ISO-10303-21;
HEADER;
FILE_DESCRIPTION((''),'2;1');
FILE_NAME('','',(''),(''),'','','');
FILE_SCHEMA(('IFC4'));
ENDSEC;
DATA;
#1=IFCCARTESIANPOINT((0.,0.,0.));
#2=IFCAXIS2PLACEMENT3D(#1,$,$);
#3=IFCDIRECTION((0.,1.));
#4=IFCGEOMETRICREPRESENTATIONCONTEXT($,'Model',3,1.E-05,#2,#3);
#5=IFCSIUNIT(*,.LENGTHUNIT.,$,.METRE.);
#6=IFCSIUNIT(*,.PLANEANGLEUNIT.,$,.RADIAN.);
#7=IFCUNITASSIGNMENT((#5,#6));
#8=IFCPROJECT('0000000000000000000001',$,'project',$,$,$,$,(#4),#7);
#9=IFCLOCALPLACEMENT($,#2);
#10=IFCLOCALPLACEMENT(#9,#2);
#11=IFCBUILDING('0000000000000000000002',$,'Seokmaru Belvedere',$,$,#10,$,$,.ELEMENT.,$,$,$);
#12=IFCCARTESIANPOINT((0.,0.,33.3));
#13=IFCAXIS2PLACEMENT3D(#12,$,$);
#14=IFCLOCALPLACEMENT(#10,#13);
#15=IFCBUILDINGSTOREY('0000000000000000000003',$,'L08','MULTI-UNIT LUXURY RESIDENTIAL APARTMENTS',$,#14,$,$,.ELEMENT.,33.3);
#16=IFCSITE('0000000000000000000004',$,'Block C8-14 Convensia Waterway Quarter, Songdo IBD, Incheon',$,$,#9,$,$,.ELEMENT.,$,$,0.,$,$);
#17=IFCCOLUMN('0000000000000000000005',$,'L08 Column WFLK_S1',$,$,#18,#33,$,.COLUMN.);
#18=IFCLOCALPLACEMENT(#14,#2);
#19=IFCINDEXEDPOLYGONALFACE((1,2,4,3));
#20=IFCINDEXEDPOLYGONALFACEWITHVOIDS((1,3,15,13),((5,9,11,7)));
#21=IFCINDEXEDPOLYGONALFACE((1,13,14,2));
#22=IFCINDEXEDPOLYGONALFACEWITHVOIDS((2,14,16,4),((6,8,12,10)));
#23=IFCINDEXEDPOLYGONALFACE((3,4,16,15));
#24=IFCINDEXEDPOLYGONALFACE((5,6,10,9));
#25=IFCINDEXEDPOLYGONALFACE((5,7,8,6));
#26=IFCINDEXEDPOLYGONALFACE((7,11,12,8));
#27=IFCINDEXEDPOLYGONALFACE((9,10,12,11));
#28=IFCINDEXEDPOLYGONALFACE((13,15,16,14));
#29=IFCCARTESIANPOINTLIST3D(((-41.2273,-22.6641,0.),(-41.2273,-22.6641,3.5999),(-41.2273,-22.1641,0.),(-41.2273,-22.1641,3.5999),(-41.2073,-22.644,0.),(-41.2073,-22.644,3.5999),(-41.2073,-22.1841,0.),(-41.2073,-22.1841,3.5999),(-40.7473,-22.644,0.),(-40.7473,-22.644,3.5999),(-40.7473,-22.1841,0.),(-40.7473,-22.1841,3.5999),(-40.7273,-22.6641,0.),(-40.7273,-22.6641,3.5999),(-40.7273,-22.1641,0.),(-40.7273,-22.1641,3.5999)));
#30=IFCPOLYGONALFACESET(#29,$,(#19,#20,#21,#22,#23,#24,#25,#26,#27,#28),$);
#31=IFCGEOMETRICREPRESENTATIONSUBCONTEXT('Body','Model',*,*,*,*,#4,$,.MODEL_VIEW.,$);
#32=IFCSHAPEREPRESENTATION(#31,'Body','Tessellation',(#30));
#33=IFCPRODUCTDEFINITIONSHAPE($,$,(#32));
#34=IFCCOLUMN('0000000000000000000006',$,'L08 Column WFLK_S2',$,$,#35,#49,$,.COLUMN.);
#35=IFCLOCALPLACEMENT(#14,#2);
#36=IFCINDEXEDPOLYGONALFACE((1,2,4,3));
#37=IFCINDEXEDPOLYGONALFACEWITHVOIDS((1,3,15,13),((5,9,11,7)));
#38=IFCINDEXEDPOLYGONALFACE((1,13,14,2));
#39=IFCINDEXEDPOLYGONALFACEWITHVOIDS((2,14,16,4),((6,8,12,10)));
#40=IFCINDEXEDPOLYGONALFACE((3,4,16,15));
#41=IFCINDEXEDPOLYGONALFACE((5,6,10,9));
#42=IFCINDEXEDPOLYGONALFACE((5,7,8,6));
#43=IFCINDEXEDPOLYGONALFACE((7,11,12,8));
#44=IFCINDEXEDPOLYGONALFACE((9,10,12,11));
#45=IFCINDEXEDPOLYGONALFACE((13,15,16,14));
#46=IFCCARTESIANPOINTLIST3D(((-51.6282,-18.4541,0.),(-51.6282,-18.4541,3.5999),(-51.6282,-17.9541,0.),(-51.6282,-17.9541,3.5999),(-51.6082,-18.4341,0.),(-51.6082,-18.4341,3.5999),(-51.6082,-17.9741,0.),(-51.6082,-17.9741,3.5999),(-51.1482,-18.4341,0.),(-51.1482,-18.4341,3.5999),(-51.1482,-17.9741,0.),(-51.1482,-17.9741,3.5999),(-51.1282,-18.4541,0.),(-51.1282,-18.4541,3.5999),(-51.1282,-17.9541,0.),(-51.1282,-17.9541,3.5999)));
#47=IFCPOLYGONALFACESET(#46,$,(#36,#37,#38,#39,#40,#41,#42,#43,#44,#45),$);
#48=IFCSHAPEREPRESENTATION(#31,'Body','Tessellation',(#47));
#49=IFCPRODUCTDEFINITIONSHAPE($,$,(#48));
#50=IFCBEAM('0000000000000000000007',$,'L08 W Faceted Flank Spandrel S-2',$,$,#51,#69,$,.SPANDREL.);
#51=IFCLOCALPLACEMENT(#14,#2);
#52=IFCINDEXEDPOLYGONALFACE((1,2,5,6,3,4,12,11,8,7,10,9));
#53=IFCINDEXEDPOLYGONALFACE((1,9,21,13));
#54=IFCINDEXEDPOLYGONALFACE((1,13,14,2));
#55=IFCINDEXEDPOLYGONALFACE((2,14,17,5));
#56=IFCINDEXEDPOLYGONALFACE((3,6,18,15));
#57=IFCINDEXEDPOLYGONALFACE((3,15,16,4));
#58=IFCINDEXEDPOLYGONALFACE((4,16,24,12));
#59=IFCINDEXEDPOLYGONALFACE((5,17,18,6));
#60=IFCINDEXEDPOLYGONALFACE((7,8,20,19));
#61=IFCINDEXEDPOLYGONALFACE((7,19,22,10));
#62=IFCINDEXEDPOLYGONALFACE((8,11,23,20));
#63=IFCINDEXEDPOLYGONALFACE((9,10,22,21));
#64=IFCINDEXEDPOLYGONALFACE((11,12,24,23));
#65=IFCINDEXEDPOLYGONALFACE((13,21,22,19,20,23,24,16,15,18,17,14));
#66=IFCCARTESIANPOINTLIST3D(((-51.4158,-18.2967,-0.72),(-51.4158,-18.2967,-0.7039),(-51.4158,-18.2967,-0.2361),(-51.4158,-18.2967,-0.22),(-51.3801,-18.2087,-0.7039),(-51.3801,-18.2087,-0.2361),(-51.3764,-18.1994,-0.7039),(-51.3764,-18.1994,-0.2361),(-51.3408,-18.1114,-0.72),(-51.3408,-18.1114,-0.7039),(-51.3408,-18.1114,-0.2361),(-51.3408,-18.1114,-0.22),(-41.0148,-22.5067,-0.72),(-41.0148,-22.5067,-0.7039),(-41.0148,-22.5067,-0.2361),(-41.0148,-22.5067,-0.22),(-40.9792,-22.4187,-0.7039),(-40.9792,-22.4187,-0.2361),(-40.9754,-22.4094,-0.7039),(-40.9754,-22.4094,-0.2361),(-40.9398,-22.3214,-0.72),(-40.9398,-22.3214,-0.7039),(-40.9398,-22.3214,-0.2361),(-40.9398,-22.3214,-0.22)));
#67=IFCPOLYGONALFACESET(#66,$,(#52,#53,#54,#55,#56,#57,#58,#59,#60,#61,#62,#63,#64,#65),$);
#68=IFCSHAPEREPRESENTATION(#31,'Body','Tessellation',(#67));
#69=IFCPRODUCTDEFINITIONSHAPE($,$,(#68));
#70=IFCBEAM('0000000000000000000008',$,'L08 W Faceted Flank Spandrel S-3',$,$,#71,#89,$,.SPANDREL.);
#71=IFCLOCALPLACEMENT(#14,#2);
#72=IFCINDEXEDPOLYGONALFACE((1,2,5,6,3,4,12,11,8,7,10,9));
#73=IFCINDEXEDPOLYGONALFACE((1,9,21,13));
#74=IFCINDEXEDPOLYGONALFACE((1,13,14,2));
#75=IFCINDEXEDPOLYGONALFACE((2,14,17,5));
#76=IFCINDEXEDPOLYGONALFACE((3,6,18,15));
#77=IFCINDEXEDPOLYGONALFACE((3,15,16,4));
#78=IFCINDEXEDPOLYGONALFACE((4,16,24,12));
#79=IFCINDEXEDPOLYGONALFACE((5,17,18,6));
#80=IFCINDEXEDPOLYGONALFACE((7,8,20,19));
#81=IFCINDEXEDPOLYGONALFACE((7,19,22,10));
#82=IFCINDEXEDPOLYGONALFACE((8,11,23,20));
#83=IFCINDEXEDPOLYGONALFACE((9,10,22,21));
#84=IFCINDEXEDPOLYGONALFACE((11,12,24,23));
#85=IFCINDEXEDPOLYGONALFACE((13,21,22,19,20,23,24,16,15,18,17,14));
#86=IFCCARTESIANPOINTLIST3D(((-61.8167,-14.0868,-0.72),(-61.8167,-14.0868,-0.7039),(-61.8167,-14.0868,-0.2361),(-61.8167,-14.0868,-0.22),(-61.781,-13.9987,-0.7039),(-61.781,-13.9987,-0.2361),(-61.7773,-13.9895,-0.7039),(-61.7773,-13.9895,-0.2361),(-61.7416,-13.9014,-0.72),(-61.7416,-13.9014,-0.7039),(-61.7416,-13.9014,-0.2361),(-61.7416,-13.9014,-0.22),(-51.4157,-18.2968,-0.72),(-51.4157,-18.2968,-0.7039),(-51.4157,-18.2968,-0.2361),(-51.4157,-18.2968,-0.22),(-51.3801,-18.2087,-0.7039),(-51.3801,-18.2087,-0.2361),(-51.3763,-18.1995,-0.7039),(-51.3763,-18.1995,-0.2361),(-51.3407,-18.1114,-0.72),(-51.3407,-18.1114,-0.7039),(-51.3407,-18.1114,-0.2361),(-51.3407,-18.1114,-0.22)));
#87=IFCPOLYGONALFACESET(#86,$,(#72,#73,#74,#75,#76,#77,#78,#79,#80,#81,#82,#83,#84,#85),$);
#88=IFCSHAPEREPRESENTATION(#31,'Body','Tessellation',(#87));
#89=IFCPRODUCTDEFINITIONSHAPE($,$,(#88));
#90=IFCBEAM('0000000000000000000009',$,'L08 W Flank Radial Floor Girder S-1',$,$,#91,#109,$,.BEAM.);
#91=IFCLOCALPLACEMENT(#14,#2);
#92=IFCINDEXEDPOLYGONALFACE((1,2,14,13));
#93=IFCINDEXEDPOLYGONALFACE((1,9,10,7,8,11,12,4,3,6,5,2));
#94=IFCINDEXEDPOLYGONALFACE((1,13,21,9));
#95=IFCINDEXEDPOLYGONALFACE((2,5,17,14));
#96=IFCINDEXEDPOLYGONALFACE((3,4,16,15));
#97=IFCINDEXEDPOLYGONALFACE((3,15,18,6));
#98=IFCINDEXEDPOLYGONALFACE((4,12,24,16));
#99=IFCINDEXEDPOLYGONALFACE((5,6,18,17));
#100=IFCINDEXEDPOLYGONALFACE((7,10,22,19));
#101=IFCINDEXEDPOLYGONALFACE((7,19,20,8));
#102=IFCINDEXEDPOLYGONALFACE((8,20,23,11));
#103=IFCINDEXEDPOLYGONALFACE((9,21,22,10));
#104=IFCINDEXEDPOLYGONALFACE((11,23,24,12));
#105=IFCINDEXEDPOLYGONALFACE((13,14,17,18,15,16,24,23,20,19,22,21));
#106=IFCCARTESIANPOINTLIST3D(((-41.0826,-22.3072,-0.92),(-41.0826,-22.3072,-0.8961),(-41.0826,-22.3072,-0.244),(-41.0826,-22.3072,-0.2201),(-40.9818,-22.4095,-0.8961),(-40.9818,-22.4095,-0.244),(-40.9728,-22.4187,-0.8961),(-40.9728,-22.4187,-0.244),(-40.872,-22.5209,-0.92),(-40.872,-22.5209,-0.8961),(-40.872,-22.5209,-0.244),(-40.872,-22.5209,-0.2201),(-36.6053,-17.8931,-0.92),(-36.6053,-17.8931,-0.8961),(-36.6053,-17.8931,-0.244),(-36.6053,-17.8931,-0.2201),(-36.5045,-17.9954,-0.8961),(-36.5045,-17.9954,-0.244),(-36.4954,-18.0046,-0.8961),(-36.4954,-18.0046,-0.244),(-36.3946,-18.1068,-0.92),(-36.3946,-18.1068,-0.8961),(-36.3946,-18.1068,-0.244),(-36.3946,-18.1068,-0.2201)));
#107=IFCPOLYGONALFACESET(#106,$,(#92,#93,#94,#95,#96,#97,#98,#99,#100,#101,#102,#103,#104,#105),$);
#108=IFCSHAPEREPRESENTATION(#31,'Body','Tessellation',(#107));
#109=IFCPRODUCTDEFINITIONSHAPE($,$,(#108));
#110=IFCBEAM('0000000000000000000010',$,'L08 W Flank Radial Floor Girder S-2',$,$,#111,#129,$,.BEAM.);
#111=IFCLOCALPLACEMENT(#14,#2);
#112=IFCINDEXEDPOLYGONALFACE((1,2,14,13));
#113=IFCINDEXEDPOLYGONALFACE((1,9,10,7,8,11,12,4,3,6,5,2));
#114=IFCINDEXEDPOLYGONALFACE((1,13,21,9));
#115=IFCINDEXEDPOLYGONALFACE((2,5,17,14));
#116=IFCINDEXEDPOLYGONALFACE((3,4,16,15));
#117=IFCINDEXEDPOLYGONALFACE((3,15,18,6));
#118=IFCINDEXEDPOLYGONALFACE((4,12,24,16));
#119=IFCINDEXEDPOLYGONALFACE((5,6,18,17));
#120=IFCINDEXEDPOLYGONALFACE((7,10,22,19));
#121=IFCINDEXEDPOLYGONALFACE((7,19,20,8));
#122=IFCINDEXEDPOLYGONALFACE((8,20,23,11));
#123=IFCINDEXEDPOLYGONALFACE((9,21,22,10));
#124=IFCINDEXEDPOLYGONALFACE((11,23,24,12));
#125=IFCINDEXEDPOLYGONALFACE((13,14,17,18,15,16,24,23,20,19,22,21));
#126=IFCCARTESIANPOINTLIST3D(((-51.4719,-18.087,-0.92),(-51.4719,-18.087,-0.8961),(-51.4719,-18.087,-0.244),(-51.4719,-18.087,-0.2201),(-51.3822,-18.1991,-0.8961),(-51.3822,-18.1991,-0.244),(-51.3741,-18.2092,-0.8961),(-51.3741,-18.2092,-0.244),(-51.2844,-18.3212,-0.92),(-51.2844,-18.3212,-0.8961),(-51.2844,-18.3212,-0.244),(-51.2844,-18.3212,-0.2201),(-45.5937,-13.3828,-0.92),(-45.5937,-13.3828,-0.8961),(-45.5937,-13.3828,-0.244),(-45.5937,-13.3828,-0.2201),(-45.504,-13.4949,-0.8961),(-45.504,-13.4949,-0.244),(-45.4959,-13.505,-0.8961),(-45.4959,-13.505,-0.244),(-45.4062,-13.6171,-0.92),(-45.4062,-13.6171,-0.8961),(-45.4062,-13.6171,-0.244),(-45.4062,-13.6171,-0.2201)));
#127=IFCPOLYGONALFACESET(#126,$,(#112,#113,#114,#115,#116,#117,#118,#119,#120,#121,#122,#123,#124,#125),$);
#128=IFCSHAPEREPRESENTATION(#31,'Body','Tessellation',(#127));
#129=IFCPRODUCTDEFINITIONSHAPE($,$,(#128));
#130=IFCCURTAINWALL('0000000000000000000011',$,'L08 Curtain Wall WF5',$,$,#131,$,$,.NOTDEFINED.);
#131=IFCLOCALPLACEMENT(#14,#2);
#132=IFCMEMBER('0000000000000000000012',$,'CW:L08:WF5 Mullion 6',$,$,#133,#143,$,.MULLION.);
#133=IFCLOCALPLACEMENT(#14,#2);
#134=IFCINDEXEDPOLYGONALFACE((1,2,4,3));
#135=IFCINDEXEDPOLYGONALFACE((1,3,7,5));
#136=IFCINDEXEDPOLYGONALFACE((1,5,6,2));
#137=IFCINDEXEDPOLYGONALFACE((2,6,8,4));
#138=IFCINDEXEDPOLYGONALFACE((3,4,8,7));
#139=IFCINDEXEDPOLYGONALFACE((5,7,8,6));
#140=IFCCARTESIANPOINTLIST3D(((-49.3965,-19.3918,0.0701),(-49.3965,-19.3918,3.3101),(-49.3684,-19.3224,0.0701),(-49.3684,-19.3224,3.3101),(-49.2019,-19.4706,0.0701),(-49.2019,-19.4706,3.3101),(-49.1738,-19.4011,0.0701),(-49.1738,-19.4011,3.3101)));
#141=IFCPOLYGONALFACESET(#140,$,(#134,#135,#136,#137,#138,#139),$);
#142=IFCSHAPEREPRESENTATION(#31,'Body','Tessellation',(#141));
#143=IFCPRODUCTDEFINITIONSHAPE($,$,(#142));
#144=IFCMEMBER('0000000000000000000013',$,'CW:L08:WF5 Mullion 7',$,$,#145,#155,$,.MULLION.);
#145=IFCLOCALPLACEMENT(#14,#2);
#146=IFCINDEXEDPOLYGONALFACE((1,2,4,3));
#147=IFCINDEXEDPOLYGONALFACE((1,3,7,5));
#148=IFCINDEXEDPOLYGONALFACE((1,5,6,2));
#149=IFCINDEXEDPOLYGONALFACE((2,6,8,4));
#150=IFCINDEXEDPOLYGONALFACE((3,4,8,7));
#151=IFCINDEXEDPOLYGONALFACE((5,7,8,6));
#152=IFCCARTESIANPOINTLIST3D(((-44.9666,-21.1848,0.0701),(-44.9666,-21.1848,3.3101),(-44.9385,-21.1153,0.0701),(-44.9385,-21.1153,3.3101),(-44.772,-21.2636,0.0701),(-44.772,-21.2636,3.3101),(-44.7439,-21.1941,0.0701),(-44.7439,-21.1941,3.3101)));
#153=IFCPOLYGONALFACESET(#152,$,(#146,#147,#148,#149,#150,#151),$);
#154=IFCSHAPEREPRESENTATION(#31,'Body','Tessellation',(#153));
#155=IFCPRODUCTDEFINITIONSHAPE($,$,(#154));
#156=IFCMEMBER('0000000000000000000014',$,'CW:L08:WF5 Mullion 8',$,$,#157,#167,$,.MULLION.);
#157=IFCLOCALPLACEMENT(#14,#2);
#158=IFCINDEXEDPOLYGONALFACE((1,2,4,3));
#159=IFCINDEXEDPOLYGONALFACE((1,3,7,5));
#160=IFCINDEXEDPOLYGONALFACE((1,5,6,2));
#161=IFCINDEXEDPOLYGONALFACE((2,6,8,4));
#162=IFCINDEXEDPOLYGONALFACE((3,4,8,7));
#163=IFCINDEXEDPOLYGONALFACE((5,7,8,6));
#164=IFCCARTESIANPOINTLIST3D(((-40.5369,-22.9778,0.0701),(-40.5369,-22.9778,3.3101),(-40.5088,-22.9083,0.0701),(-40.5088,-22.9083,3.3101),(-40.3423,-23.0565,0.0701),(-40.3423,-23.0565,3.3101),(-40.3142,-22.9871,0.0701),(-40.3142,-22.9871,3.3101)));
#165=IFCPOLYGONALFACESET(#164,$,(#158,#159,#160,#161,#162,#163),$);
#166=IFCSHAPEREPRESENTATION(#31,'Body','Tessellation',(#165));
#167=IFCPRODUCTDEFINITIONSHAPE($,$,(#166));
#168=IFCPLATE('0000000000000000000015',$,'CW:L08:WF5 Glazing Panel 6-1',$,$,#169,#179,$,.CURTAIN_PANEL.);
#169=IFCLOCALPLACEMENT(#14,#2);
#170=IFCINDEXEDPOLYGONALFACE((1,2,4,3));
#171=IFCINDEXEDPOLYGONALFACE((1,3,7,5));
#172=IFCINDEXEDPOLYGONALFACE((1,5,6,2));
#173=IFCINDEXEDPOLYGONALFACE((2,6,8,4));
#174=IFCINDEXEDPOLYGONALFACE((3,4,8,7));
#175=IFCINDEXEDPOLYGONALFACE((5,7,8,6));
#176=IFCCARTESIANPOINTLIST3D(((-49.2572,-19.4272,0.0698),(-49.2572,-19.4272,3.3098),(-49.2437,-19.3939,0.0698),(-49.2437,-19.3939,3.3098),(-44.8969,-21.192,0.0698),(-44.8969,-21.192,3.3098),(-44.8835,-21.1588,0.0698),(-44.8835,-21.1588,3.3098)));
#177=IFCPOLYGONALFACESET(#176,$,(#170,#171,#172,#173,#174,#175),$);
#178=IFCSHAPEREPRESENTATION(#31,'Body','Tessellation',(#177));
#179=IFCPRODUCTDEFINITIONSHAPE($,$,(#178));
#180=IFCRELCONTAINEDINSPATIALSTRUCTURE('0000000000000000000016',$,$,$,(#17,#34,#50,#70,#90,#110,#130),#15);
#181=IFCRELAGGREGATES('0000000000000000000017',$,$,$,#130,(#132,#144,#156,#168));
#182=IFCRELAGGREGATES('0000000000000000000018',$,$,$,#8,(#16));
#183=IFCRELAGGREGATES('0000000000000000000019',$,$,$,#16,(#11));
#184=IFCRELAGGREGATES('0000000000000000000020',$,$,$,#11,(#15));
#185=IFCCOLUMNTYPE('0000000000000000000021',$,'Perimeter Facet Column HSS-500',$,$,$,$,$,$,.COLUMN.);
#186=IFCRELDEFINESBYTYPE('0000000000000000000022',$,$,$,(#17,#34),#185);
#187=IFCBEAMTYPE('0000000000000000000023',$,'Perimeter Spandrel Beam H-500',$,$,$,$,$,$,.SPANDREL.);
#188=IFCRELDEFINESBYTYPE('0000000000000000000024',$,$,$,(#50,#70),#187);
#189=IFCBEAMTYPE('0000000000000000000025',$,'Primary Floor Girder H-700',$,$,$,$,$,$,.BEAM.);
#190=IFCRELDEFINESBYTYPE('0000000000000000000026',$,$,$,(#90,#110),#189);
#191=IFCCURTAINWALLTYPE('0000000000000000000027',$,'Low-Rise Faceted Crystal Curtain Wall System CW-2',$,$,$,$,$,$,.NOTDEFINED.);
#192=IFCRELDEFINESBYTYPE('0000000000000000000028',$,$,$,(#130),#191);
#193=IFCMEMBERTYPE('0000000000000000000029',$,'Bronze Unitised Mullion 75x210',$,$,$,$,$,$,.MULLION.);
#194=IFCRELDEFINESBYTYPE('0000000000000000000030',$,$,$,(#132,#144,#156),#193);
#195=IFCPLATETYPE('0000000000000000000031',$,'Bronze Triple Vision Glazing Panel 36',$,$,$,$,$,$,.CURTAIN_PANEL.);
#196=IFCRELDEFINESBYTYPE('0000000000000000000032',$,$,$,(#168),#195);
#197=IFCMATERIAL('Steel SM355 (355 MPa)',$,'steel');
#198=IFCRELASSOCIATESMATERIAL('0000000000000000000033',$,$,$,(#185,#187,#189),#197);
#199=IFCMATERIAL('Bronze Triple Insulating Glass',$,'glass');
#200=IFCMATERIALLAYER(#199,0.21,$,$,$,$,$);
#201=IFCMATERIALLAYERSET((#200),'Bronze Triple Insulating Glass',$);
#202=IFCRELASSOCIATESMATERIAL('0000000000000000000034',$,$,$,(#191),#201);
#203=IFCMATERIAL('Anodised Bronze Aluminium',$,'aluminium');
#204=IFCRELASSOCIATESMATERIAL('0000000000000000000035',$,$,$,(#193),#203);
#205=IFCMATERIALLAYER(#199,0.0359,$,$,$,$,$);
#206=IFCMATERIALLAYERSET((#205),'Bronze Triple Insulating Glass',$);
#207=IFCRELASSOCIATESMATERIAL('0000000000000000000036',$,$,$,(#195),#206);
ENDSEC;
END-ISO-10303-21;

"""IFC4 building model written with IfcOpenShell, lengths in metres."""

from ifc_helpers import new_model, si_unit, direction, frame, origin, origin_2d, place, context, subcontext, project, spatial, rectangle, hollow_rectangle, i_section, extrude, source, transform, mapped, material, layer, layer_set, material_profile, profile_set, type_object, type_shapes, element, aggregate, save


model = new_model("IFC4")

# Units and contexts
model_context = context("Model", 3, precision=1e-05, world=origin(), true_north=direction((0.0, 1.0)))
body_context = subcontext(model_context, "Body", "Model", "MODEL_VIEW")
ifc_project = project(units=[si_unit("LENGTHUNIT", "METRE"), si_unit("PLANEANGLEUNIT", "RADIAN")], contexts=[model_context])

# Site, building, storey
site_placement = place(None, origin())
site = spatial("IfcSite", under=ifc_project, at=site_placement, Name="Block C8-14 Convensia Waterway Quarter, Songdo IBD, Incheon", CompositionType="ELEMENT", RefElevation=0.0)
building_placement = place(site_placement, origin())
building = spatial("IfcBuilding", under=site, at=building_placement, Name="Seokmaru Belvedere", CompositionType="ELEMENT")
storey_placement = place(building_placement, frame((0.0, 0.0, 33.3)))
storey = spatial("IfcBuildingStorey", under=building, at=storey_placement, Name="L08", Description="MULTI-UNIT LUXURY RESIDENTIAL APARTMENTS", CompositionType="ELEMENT", Elevation=33.3)

# Columns
ifc_material_1 = material(Name="Steel SM355 (355 MPa)", Category="steel")
ifc_material_profile_1 = material_profile(ifc_material_1, hollow_rectangle(XDim=0.5, YDim=0.5, WallThickness=0.02, at=origin_2d()), Name="HSS-500x500x20")
ifc_profile_set_1 = profile_set([ifc_material_profile_1], Name="Steel SM355 (355 MPa)")
column_type = type_object("IfcColumnType", Name="Perimeter Facet Column HSS-500", PredefinedType="COLUMN", material=ifc_profile_set_1)
shared_shape_1 = source(origin(), body_context, "Body", "SweptSolid", [
    extrude(hollow_rectangle(XDim=0.5, YDim=0.5, WallThickness=0.02, at=origin_2d()), origin(), (0.0, 0.0, 1.0), 3.5999),
])
type_shapes(column_type, [shared_shape_1])
for number, where, z_axis, x_axis, name in (
    (1, (-40.9773, -22.4141, 0.0), (0.0, 0.0, 1.0), (1.0, 0.0, 0.0), "L08 Column WFLK_S1"),
    (2, (-51.3782, -18.2041, 0.0), (0.0, 0.0, 1.0), (1.0, 0.0, 0.0), "L08 Column WFLK_S2"),
):
    element("IfcColumn", number, at=place(storey_placement, frame(where, z_axis=z_axis, x_axis=x_axis)), inside=storey, type_object=column_type, Name=name, PredefinedType="COLUMN", context=body_context, shape_type="MappedRepresentation", body=[
        mapped(shared_shape_1, transform((0.0, 0.0, 0.0), scale=1.0)),
    ])

# Beams
ifc_material_profile_2 = material_profile(ifc_material_1, i_section(OverallWidth=0.2, OverallDepth=0.5, WebThickness=0.01, FlangeThickness=0.0161, at=origin_2d()), Name="H-500x200x10x16")
ifc_profile_set_2 = profile_set([ifc_material_profile_2], Name="Steel SM355 (355 MPa)")
beam_type_1 = type_object("IfcBeamType", Name="Perimeter Spandrel Beam H-500", PredefinedType="SPANDREL", material=ifc_profile_set_2)
shared_shape_2 = source(origin(), body_context, "Body", "SweptSolid", [
    extrude(i_section(OverallWidth=0.2, OverallDepth=0.5, WebThickness=0.01, FlangeThickness=0.0161, at=origin_2d()), origin(), (0.0, 0.0, 1.0), 11.2207),
])
type_shapes(beam_type_1, [shared_shape_2])
for number, where, z_axis, x_axis, name in (
    (3, (-40.9773, -22.4141, -0.47), (-0.926944, 0.375199, 0.0), (-0.375199, -0.926944, 0.0), "L08 W Faceted Flank Spandrel S-2"),
    (4, (-51.3782, -18.2041, -0.47), (-0.926944, 0.375199, 0.0), (-0.375199, -0.926944, 0.0), "L08 W Faceted Flank Spandrel S-3"),
):
    element("IfcBeam", number, at=place(storey_placement, frame(where, z_axis=z_axis, x_axis=x_axis)), inside=storey, type_object=beam_type_1, Name=name, PredefinedType="SPANDREL", context=body_context, shape_type="MappedRepresentation", body=[
        mapped(shared_shape_2, transform((0.0, 0.0, 0.0), scale=1.0)),
    ])
ifc_material_profile_3 = material_profile(ifc_material_1, i_section(OverallWidth=0.3, OverallDepth=0.7, WebThickness=0.0129, FlangeThickness=0.0239, at=origin_2d()), Name="H-700x300x13x24")
ifc_profile_set_3 = profile_set([ifc_material_profile_3], Name="Steel SM355 (355 MPa)")
beam_type_2 = type_object("IfcBeamType", Name="Primary Floor Girder H-700", PredefinedType="BEAM", material=ifc_profile_set_3)
shared_shape_3 = source(origin(), body_context, "Body", "SweptSolid", [
    extrude(i_section(OverallWidth=0.3, OverallDepth=0.7, WebThickness=0.0129, FlangeThickness=0.0239, at=origin_2d()), origin(), (0.0, 0.0, 1.0), 6.2874),
])
beam_1_placement = place(storey_placement, frame((-40.9773, -22.4141, -0.5701), z_axis=(0.712117, 0.70206, 0.0), x_axis=(-0.70206, 0.712117, 0.0)))
element("IfcBeam", 5, at=beam_1_placement, inside=storey, type_object=beam_type_2, Name="L08 W Flank Radial Floor Girder S-1", PredefinedType="BEAM", context=body_context, shape_type="MappedRepresentation", body=[
    mapped(shared_shape_3, transform((0.0, 0.0, 0.0), scale=1.0)),
])
shared_shape_4 = source(origin(), body_context, "Body", "SweptSolid", [
    extrude(i_section(OverallWidth=0.3, OverallDepth=0.7, WebThickness=0.0129, FlangeThickness=0.0239, at=origin_2d()), origin(), (0.0, 0.0, 1.0), 7.5288),
])
type_shapes(beam_type_2, [shared_shape_3, shared_shape_4])
beam_2_placement = place(storey_placement, frame((-51.3782, -18.2041, -0.5701), z_axis=(0.780768, 0.624822, 0.0), x_axis=(-0.624822, 0.780768, 0.0)))
element("IfcBeam", 6, at=beam_2_placement, inside=storey, type_object=beam_type_2, Name="L08 W Flank Radial Floor Girder S-2", PredefinedType="BEAM", context=body_context, shape_type="MappedRepresentation", body=[
    mapped(shared_shape_4, transform((0.0, 0.0, 0.0), scale=1.0)),
])

# Curtain wall, members, plate
ifc_material_2 = material(Name="Bronze Triple Insulating Glass", Category="glass")
ifc_layer_1 = layer(ifc_material_2, 0.21)
ifc_layer_set_1 = layer_set([ifc_layer_1], Name="Bronze Triple Insulating Glass")
curtain_wall_type = type_object("IfcCurtainWallType", Name="Low-Rise Faceted Crystal Curtain Wall System CW-2", PredefinedType="NOTDEFINED", material=ifc_layer_set_1)
curtain_wall_placement = place(storey_placement, origin())
curtain_wall = element("IfcCurtainWall", 7, at=curtain_wall_placement, inside=storey, type_object=curtain_wall_type, Name="L08 Curtain Wall WF5", PredefinedType="NOTDEFINED")
ifc_material_3 = material(Name="Anodised Bronze Aluminium", Category="aluminium")
ifc_material_profile_4 = material_profile(ifc_material_3, rectangle(XDim=0.075, YDim=0.21, at=origin_2d()), Name="CW-M-75x210")
ifc_profile_set_4 = profile_set([ifc_material_profile_4], Name="Anodised Bronze Aluminium")
member_type = type_object("IfcMemberType", Name="Bronze Unitised Mullion 75x210", PredefinedType="MULLION", material=ifc_profile_set_4)
shared_shape_5 = source(origin(), body_context, "Body", "SweptSolid", [
    extrude(rectangle(XDim=0.075, YDim=0.21, at=origin_2d()), origin(), (0.0, 0.0, 1.0), 3.24),
])
type_shapes(member_type, [shared_shape_5])
member_1_placement = place(storey_placement, frame((-49.2852, -19.3965, 0.0701), z_axis=(0.0, 0.0, 1.0), x_axis=(0.375192, 0.926947, 0.0)))
member_1 = element("IfcMember", 8, at=member_1_placement, type_object=member_type, Name="CW:L08:WF5 Mullion 6", PredefinedType="MULLION", context=body_context, shape_type="MappedRepresentation", body=[
    mapped(shared_shape_5, transform((0.0, 0.0, 0.0), scale=1.0)),
])
member_2_placement = place(storey_placement, frame((-44.8552, -21.1895, 0.0701), z_axis=(0.0, 0.0, 1.0), x_axis=(0.375192, 0.926947, 0.0)))
member_2 = element("IfcMember", 9, at=member_2_placement, type_object=member_type, Name="CW:L08:WF5 Mullion 7", PredefinedType="MULLION", context=body_context, shape_type="MappedRepresentation", body=[
    mapped(shared_shape_5, transform((0.0, 0.0, 0.0), scale=1.0)),
])
member_3_placement = place(storey_placement, frame((-40.4255, -22.9824, 0.0701), z_axis=(0.0, 0.0, 1.0), x_axis=(0.375192, 0.926947, 0.0)))
member_3 = element("IfcMember", 10, at=member_3_placement, type_object=member_type, Name="CW:L08:WF5 Mullion 8", PredefinedType="MULLION", context=body_context, shape_type="MappedRepresentation", body=[
    mapped(shared_shape_5, transform((0.0, 0.0, 0.0), scale=1.0)),
])
ifc_layer_2 = layer(ifc_material_2, 0.0359)
ifc_layer_set_2 = layer_set([ifc_layer_2], Name="Bronze Triple Insulating Glass")
plate_type = type_object("IfcPlateType", Name="Bronze Triple Vision Glazing Panel 36", PredefinedType="CURTAIN_PANEL", material=ifc_layer_set_2)
shared_shape_6 = source(origin(), body_context, "Body", "SweptSolid", [
    extrude(rectangle(XDim=4.7039, YDim=0.0359, at=origin_2d()), origin(), (0.0, 0.0, 1.0), 3.24),
])
type_shapes(plate_type, [shared_shape_6])
plate_1_placement = place(storey_placement, frame((-47.0703, -20.293, 0.0698), z_axis=(0.0, 0.0, 1.0), x_axis=(0.926947, -0.375192, 0.0)))
plate_1 = element("IfcPlate", 11, at=plate_1_placement, type_object=plate_type, Name="CW:L08:WF5 Glazing Panel 6-1", PredefinedType="CURTAIN_PANEL", context=body_context, shape_type="MappedRepresentation", body=[
    mapped(shared_shape_6, transform((0.0, 0.0, 0.0), scale=1.0)),
])
aggregate(curtain_wall, [member_1, member_2, member_3, plate_1])

save(model, "model.ifc")
